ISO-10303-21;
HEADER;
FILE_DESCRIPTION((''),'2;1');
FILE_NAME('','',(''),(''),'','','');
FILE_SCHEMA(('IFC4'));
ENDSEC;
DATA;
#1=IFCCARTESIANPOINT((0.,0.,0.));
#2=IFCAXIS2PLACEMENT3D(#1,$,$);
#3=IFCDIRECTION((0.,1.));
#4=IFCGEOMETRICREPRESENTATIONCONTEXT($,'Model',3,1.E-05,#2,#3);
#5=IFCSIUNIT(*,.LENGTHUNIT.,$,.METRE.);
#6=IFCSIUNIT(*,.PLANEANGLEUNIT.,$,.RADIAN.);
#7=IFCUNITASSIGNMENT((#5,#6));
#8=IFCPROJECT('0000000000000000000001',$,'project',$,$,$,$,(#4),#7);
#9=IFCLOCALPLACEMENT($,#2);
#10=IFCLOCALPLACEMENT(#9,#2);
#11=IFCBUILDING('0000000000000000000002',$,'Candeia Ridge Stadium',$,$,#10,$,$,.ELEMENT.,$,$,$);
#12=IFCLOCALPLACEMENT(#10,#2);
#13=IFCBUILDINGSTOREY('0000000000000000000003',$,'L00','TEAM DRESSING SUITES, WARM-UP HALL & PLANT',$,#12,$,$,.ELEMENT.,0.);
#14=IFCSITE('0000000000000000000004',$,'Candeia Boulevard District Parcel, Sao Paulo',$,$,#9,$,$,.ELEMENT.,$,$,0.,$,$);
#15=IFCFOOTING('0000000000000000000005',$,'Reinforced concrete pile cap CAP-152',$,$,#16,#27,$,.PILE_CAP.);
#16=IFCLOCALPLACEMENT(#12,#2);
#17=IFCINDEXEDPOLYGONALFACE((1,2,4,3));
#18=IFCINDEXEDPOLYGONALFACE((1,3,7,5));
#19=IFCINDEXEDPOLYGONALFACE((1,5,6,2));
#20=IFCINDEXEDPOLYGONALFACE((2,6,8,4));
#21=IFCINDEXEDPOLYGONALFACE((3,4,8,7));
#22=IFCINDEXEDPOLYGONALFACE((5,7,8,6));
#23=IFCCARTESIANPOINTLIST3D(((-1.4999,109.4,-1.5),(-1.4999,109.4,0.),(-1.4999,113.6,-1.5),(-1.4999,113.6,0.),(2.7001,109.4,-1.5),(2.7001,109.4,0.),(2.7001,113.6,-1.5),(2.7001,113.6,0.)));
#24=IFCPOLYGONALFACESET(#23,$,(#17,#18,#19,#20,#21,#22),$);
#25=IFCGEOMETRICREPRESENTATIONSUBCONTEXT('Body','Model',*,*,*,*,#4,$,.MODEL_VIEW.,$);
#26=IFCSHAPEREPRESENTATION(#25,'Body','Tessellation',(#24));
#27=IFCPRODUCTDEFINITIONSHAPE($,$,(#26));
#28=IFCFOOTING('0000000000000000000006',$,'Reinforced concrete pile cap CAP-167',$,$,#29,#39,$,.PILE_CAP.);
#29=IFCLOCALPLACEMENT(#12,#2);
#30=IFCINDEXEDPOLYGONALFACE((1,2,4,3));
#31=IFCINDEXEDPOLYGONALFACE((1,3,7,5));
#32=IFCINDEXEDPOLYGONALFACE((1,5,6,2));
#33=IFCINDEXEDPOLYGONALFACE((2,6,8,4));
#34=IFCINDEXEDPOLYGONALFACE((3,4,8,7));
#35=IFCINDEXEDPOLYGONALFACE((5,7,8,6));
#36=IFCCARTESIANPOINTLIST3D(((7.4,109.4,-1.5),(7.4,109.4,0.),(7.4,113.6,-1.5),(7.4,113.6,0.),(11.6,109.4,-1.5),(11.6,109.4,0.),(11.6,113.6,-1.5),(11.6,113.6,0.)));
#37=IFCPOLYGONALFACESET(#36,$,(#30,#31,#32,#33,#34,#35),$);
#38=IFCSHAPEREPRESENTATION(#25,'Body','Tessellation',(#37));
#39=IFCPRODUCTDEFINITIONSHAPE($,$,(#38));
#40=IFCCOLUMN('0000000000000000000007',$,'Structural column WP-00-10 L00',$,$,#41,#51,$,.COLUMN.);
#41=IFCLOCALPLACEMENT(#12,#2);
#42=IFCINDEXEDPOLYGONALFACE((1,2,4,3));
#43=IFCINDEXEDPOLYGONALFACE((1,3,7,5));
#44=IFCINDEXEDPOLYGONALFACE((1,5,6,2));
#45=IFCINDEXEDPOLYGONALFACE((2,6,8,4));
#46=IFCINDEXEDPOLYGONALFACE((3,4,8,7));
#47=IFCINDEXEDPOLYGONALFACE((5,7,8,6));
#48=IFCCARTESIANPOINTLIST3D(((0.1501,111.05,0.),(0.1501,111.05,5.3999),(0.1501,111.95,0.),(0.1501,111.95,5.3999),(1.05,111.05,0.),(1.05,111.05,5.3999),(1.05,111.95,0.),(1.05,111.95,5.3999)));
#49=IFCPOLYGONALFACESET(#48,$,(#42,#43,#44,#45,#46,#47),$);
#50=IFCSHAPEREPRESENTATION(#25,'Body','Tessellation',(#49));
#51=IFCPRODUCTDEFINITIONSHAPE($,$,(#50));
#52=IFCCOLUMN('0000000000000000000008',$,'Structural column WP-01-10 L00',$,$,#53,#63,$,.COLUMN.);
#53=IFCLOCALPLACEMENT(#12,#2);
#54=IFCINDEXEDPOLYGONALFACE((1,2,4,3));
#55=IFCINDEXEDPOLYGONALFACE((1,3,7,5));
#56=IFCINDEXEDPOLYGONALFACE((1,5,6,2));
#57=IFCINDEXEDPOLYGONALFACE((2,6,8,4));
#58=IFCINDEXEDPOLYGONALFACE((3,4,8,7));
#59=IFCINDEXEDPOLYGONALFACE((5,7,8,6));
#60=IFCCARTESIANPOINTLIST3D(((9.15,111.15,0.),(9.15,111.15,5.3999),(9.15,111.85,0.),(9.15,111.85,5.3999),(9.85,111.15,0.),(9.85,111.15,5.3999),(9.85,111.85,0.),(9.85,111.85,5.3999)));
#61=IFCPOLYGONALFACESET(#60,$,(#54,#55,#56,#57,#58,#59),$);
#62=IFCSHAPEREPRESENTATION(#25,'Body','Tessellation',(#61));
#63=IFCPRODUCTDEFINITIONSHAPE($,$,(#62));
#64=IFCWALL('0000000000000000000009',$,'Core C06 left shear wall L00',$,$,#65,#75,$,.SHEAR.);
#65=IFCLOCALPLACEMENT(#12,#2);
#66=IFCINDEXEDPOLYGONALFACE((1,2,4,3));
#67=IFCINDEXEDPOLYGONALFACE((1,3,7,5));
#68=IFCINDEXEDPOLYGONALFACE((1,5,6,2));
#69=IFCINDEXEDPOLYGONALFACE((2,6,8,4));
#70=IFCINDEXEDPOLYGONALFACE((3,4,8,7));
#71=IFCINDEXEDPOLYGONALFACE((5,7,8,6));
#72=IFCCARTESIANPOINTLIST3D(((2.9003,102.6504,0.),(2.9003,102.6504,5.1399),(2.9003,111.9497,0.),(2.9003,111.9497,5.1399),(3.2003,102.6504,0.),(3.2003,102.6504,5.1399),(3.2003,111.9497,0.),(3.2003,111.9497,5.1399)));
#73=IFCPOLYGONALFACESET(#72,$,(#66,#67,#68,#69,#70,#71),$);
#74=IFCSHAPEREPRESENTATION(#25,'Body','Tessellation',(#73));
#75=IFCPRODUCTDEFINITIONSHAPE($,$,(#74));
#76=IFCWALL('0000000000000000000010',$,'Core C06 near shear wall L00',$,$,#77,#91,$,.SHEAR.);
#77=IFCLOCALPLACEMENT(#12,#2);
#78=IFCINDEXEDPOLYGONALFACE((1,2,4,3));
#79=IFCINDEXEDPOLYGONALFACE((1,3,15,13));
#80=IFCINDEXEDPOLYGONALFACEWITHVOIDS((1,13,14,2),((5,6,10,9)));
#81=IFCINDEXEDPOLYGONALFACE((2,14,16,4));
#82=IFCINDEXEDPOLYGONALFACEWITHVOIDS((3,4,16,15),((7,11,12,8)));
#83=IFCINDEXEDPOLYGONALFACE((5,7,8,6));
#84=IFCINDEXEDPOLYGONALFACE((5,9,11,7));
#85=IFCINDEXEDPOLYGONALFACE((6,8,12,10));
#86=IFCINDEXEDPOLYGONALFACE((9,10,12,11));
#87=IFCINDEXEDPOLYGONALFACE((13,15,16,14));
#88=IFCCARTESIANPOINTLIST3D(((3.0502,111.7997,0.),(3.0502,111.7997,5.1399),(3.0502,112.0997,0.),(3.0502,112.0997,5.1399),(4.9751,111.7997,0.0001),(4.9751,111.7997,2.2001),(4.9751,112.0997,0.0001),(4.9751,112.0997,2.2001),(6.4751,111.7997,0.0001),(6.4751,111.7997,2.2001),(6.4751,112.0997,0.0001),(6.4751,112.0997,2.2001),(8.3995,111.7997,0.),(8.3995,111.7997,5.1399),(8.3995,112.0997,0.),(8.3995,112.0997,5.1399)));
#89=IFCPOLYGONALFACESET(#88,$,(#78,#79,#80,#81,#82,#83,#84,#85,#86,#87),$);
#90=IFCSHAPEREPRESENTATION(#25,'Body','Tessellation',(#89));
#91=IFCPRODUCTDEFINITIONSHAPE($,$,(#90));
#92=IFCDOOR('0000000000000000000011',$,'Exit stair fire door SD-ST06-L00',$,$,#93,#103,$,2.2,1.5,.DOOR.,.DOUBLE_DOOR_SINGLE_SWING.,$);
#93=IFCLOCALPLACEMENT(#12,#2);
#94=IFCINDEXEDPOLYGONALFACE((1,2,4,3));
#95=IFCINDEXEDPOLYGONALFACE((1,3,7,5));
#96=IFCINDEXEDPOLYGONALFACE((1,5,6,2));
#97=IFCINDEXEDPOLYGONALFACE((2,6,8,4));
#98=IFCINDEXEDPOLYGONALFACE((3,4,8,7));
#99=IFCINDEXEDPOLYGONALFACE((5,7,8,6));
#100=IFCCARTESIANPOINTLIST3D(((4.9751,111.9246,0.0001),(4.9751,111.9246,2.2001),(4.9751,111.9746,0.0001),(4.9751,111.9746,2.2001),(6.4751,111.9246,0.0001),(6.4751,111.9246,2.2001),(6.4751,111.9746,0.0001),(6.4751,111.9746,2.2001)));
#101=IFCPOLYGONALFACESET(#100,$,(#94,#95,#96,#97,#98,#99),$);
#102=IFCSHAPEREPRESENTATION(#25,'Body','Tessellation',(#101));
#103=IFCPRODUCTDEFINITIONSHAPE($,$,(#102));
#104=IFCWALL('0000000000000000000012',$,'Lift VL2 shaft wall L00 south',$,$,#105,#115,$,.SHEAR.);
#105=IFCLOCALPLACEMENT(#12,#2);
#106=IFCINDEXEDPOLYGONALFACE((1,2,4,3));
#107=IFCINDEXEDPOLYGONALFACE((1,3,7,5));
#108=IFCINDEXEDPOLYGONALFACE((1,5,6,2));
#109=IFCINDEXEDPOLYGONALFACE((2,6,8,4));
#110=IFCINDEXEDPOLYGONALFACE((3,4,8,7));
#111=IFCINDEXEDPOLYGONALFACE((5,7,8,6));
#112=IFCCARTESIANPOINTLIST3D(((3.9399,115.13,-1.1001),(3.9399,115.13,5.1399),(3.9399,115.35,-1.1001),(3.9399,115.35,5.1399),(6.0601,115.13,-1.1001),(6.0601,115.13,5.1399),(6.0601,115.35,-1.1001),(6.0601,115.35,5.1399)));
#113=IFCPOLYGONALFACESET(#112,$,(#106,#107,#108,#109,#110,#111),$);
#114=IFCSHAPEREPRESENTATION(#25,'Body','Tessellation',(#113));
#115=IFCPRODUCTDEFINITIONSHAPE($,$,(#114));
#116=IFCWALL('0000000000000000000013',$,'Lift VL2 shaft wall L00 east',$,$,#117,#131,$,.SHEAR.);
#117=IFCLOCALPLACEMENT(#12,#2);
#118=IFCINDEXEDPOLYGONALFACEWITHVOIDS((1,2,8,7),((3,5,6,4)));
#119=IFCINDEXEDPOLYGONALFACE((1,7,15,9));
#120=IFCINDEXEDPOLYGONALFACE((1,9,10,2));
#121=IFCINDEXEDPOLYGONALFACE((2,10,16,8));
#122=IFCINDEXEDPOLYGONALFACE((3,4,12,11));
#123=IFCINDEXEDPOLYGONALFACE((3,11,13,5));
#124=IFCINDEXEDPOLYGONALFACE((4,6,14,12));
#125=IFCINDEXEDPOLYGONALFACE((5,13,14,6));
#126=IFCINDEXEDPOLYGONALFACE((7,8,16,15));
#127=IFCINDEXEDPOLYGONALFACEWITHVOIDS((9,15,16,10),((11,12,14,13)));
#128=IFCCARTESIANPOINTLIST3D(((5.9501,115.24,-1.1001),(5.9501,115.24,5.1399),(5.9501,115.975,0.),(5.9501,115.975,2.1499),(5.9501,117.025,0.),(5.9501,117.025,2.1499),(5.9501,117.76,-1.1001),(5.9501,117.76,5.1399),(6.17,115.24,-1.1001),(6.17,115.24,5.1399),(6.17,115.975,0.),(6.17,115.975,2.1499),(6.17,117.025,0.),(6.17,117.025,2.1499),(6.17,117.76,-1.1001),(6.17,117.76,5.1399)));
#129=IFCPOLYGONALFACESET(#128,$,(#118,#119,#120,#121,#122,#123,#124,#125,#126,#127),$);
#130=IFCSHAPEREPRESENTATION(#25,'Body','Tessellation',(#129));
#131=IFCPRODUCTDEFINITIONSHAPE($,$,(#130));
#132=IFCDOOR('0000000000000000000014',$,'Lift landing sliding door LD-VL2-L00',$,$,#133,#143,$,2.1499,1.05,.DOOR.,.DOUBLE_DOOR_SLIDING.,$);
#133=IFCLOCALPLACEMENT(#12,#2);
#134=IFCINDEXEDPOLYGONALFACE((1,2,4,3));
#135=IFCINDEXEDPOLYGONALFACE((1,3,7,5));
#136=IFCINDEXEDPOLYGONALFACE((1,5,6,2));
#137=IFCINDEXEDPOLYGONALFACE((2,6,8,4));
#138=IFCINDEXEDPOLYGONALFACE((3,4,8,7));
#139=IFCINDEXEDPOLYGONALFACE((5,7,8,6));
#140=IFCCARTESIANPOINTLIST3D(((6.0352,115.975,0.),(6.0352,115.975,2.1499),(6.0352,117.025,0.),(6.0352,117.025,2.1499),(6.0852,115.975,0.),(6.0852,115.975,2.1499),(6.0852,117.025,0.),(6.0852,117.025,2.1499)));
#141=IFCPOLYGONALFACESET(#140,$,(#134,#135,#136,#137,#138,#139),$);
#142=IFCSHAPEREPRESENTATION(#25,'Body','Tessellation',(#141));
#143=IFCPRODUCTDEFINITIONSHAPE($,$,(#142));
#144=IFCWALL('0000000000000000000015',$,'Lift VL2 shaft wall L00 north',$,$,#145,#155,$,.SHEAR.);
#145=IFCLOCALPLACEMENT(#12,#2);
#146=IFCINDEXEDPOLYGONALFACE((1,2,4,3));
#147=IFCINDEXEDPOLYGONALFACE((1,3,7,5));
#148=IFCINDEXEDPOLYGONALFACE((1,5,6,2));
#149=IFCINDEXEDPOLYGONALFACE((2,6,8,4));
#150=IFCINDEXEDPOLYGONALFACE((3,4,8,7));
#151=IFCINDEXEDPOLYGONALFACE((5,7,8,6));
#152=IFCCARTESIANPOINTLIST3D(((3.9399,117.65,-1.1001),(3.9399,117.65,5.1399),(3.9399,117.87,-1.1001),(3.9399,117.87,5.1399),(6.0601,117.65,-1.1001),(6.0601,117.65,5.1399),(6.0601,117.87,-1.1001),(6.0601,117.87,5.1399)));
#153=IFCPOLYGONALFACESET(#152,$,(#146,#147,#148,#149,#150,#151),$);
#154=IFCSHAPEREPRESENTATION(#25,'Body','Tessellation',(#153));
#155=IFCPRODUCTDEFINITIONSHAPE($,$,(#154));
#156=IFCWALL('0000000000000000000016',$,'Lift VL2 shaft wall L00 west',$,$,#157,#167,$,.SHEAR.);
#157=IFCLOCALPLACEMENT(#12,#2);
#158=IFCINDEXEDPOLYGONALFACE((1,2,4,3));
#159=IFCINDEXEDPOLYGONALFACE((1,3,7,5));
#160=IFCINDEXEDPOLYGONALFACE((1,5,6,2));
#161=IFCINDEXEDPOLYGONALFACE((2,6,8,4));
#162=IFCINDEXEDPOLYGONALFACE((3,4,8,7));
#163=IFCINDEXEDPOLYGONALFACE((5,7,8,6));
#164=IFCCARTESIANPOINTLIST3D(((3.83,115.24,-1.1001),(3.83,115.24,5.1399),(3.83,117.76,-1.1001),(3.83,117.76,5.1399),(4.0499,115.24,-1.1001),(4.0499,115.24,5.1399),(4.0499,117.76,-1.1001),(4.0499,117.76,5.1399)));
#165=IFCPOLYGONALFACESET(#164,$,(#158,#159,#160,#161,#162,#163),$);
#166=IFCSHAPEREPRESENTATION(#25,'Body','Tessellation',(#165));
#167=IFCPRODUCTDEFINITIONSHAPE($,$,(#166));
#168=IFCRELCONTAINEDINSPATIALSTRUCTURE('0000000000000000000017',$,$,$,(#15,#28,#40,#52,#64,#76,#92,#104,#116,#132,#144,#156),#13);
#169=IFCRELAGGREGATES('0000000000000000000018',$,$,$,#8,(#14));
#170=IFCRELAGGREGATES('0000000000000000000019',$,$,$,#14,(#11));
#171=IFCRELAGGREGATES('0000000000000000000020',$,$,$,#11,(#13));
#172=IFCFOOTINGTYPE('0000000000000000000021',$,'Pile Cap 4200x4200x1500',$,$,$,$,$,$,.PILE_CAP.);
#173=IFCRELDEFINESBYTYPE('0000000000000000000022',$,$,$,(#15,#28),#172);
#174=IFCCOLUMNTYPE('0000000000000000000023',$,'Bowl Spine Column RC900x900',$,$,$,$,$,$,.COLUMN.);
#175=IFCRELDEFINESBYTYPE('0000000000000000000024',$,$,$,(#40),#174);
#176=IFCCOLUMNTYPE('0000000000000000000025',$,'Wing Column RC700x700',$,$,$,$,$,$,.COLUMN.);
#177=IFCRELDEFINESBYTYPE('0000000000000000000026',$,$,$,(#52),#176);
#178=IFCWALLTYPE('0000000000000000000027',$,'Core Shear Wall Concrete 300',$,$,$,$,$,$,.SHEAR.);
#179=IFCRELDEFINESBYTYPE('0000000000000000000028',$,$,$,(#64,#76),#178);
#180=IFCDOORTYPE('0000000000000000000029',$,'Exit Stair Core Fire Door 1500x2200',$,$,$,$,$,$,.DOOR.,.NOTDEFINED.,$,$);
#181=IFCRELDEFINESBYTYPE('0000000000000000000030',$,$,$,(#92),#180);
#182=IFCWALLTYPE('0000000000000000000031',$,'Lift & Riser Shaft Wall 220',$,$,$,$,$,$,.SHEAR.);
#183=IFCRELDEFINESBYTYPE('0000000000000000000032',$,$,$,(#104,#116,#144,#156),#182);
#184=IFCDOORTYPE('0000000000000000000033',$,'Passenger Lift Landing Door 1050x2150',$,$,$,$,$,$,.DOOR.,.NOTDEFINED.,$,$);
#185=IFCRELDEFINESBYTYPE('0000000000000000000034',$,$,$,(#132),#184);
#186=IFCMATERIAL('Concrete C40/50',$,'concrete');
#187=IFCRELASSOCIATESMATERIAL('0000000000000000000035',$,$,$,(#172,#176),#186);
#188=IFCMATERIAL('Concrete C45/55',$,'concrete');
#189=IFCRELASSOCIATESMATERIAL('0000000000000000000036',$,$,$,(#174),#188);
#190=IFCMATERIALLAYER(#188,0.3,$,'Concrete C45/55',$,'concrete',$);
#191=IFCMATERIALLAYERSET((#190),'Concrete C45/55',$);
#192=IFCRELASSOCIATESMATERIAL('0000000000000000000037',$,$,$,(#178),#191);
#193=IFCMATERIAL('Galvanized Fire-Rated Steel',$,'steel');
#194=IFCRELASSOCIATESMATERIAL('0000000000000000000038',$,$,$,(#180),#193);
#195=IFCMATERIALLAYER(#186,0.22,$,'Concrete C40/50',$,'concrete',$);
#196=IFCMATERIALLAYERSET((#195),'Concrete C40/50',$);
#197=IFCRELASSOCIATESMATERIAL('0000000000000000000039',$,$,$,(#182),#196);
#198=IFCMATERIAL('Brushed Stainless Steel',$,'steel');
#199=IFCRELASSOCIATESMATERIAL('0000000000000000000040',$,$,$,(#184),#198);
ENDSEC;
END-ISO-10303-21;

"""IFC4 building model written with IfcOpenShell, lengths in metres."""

from ifc_helpers import new_model, si_unit, direction, frame, frame_2d, origin, origin_2d, place, context, subcontext, project, spatial, rectangle, extrude, material, layer, layer_set, material_profile, profile_set, type_object, element, fill, save


model = new_model("IFC4")

# Units and contexts
model_context = context("Model", 3, precision=1e-05, world=origin(), true_north=direction((0.0, 1.0)))
body_context = subcontext(model_context, "Body", "Model", "MODEL_VIEW")
ifc_project = project(units=[si_unit("LENGTHUNIT", "METRE"), si_unit("PLANEANGLEUNIT", "RADIAN")], contexts=[model_context])

# Site, building, storey
site_placement = place(None, origin())
site = spatial("IfcSite", under=ifc_project, at=site_placement, Name="Candeia Boulevard District Parcel, Sao Paulo", CompositionType="ELEMENT", RefElevation=0.0)
building_placement = place(site_placement, origin())
building = spatial("IfcBuilding", under=site, at=building_placement, Name="Candeia Ridge Stadium", CompositionType="ELEMENT")
storey_placement = place(building_placement, origin())
storey = spatial("IfcBuildingStorey", under=building, at=storey_placement, Name="L00", Description="TEAM DRESSING SUITES, WARM-UP HALL & PLANT", CompositionType="ELEMENT", Elevation=0.0)

# Shared definitions
ifc_material_1 = material(Name="Concrete C40/50", Category="concrete")

# Footings
footing_type_1 = type_object("IfcFootingType", Name="Pile Cap 4200x4200x1500", PredefinedType="PILE_CAP", material=ifc_material_1)
for number, where, z_axis, x_axis, name in (
    (1, (0.6001, 111.5, -1.5), (0.0, 0.0, 1.0), (1.0, 0.0, 0.0), "Reinforced concrete pile cap CAP-152"),
    (2, (9.5, 111.5, -1.5), (0.0, 0.0, 1.0), (1.0, 0.0, 0.0), "Reinforced concrete pile cap CAP-167"),
):
    element("IfcFooting", number, at=place(storey_placement, frame(where, z_axis=z_axis, x_axis=x_axis)), inside=storey, type_object=footing_type_1, Name=name, PredefinedType="PILE_CAP", context=body_context, shape_type="SweptSolid", body=[
        extrude(rectangle(XDim=4.2, YDim=4.2, at=origin_2d()), origin(), (0.0, 0.0, 1.0), 1.5),
    ])

# Columns
ifc_material_2 = material(Name="Concrete C45/55", Category="concrete")
ifc_material_profile_1 = material_profile(ifc_material_2, rectangle(XDim=0.8999, YDim=0.8999, at=origin_2d()), Name="RC900x900", Category="concrete")
ifc_profile_set_1 = profile_set([ifc_material_profile_1], Name="Concrete C45/55")
column_type_1 = type_object("IfcColumnType", Name="Bowl Spine Column RC900x900", PredefinedType="COLUMN", material=ifc_profile_set_1)
column_1_placement = place(storey_placement, frame((0.6001, 111.5, 0.0), z_axis=(0.0, 0.0, 1.0), x_axis=(1.0, 0.0, 0.0)))
element("IfcColumn", 3, at=column_1_placement, inside=storey, type_object=column_type_1, Name="Structural column WP-00-10 L00", PredefinedType="COLUMN", context=body_context, shape_type="SweptSolid", body=[
    extrude(rectangle(XDim=0.8999, YDim=0.8999, at=origin_2d()), origin(), (0.0, 0.0, 1.0), 5.3999),
])
ifc_material_profile_2 = material_profile(ifc_material_1, rectangle(XDim=0.7, YDim=0.7, at=origin_2d()), Name="RC700x700", Category="concrete")
ifc_profile_set_2 = profile_set([ifc_material_profile_2], Name="Concrete C40/50")
column_type_2 = type_object("IfcColumnType", Name="Wing Column RC700x700", PredefinedType="COLUMN", material=ifc_profile_set_2)
column_2_placement = place(storey_placement, frame((9.5, 111.5, 0.0), z_axis=(0.0, 0.0, 1.0), x_axis=(1.0, 0.0, 0.0)))
element("IfcColumn", 4, at=column_2_placement, inside=storey, type_object=column_type_2, Name="Structural column WP-01-10 L00", PredefinedType="COLUMN", context=body_context, shape_type="SweptSolid", body=[
    extrude(rectangle(XDim=0.7, YDim=0.7, at=origin_2d()), origin(), (0.0, 0.0, 1.0), 5.3999),
])

# Wall
ifc_layer_1 = layer(ifc_material_2, 0.3, Name="Concrete C45/55", Category="concrete")
ifc_layer_set_1 = layer_set([ifc_layer_1], Name="Concrete C45/55")
wall_type_1 = type_object("IfcWallType", Name="Core Shear Wall Concrete 300", PredefinedType="SHEAR", material=ifc_layer_set_1)
wall_1_placement = place(storey_placement, frame((3.0503, 111.9497, 0.0), z_axis=(0.0, 0.0, 1.0), x_axis=(0.0, -1.0, 0.0)))
element("IfcWall", 5, at=wall_1_placement, inside=storey, type_object=wall_type_1, Name="Core C06 left shear wall L00", PredefinedType="SHEAR", context=body_context, shape_type="SweptSolid", body=[
    extrude(rectangle(XDim=9.2993, YDim=0.3, at=frame_2d((4.6497, 0.0))), origin(), (0.0, 0.0, 1.0), 5.1399),
])

# Wall, opening, door
wall_2_placement = place(storey_placement, frame((8.3997, 111.9497, 0.0), z_axis=(0.0, 0.0, 1.0), x_axis=(-1.0, 0.0, 0.0)))
wall_2 = element("IfcWall", 6, at=wall_2_placement, inside=storey, type_object=wall_type_1, Name="Core C06 near shear wall L00", PredefinedType="SHEAR", context=body_context, shape_type="SweptSolid", body=[
    extrude(rectangle(XDim=5.3494, YDim=0.3, at=frame_2d((2.6748, 0.0))), origin(), (0.0, 0.0, 1.0), 5.1399),
])
opening_1_placement = place(wall_2_placement, frame((1.9246, 0.0, 0.0)))
opening_1 = element("IfcOpeningElement", 7, at=opening_1_placement, cuts=wall_2, PredefinedType="OPENING", context=body_context, shape_type="SweptSolid", body=[
    extrude(rectangle(XDim=1.5, YDim=2.2, at=frame_2d((0.75, 1.1001))), frame((0.0, 0.1599, 0.0), z_axis=(0.0, -1.0, 0.0), x_axis=(1.0, 0.0, 0.0)), (0.0, 0.0, 1.0), 0.3201),
])
ifc_material_3 = material(Name="Galvanized Fire-Rated Steel", Category="steel")
door_type_1 = type_object("IfcDoorType", Name="Exit Stair Core Fire Door 1500x2200", OperationType="NOTDEFINED", PredefinedType="DOOR", material=ifc_material_3)
door_1_placement = place(opening_1_placement, frame((1.5, 0.0, 0.0), z_axis=(0.0, 0.0, 1.0), x_axis=(-1.0, 0.0, 0.0)))
door_1 = element("IfcDoor", 8, at=door_1_placement, inside=storey, type_object=door_type_1, Name="Exit stair fire door SD-ST06-L00", OperationType="DOUBLE_DOOR_SINGLE_SWING", OverallHeight=2.2, OverallWidth=1.5, PredefinedType="DOOR", context=body_context, shape_type="SweptSolid", body=[
    extrude(rectangle(XDim=1.5, YDim=2.2, at=frame_2d((0.75, 1.1001))), frame((0.0, 0.0249, 0.0), z_axis=(0.0, -1.0, 0.0), x_axis=(1.0, 0.0, 0.0)), (0.0, 0.0, 1.0), 0.05),
])
fill(opening_1, door_1)

# Wall
ifc_layer_2 = layer(ifc_material_1, 0.22, Name="Concrete C40/50", Category="concrete")
ifc_layer_set_2 = layer_set([ifc_layer_2], Name="Concrete C40/50")
wall_type_2 = type_object("IfcWallType", Name="Lift & Riser Shaft Wall 220", PredefinedType="SHEAR", material=ifc_layer_set_2)
wall_3_placement = place(storey_placement, frame((3.9399, 115.24, -1.1001), z_axis=(0.0, 0.0, 1.0), x_axis=(1.0, 0.0, 0.0)))
element("IfcWall", 9, at=wall_3_placement, inside=storey, type_object=wall_type_2, Name="Lift VL2 shaft wall L00 south", PredefinedType="SHEAR", context=body_context, shape_type="SweptSolid", body=[
    extrude(rectangle(XDim=2.1201, YDim=0.22, at=frame_2d((1.0601, 0.0))), origin(), (0.0, 0.0, 1.0), 6.24),
])

# Wall, opening, door
wall_4_placement = place(storey_placement, frame((6.0601, 115.24, -1.1001), z_axis=(0.0, 0.0, 1.0), x_axis=(0.0, 1.0, 0.0)))
wall_4 = element("IfcWall", 10, at=wall_4_placement, inside=storey, type_object=wall_type_2, Name="Lift VL2 shaft wall L00 east", PredefinedType="SHEAR", context=body_context, shape_type="SweptSolid", body=[
    extrude(rectangle(XDim=2.52, YDim=0.22, at=frame_2d((1.26, 0.0))), origin(), (0.0, 0.0, 1.0), 6.24),
])
opening_2_placement = place(wall_4_placement, frame((0.7351, 0.0, 1.1001)))
opening_2 = element("IfcOpeningElement", 11, at=opening_2_placement, cuts=wall_4, PredefinedType="OPENING", context=body_context, shape_type="SweptSolid", body=[
    extrude(rectangle(XDim=1.05, YDim=2.1499, at=frame_2d((0.5249, 1.075))), frame((0.0, 0.1199, 0.0), z_axis=(0.0, -1.0, 0.0), x_axis=(1.0, 0.0, 0.0)), (0.0, 0.0, 1.0), 0.24),
])
ifc_material_4 = material(Name="Brushed Stainless Steel", Category="steel")
door_type_2 = type_object("IfcDoorType", Name="Passenger Lift Landing Door 1050x2150", OperationType="NOTDEFINED", PredefinedType="DOOR", material=ifc_material_4)
door_2_placement = place(opening_2_placement, origin())
door_2 = element("IfcDoor", 12, at=door_2_placement, inside=storey, type_object=door_type_2, Name="Lift landing sliding door LD-VL2-L00", OperationType="DOUBLE_DOOR_SLIDING", OverallHeight=2.1499, OverallWidth=1.05, PredefinedType="DOOR", context=body_context, shape_type="SweptSolid", body=[
    extrude(rectangle(XDim=1.05, YDim=2.1499, at=frame_2d((0.5249, 1.075))), frame((0.0, 0.0249, 0.0), z_axis=(0.0, -1.0, 0.0), x_axis=(1.0, 0.0, 0.0)), (0.0, 0.0, 1.0), 0.05),
])
fill(opening_2, door_2)

# Walls
wall_5_placement = place(storey_placement, frame((6.0601, 117.76, -1.1001), z_axis=(0.0, 0.0, 1.0), x_axis=(-1.0, 0.0, 0.0)))
element("IfcWall", 13, at=wall_5_placement, inside=storey, type_object=wall_type_2, Name="Lift VL2 shaft wall L00 north", PredefinedType="SHEAR", context=body_context, shape_type="SweptSolid", body=[
    extrude(rectangle(XDim=2.1201, YDim=0.22, at=frame_2d((1.0601, 0.0))), origin(), (0.0, 0.0, 1.0), 6.24),
])
wall_6_placement = place(storey_placement, frame((3.9399, 117.76, -1.1001), z_axis=(0.0, 0.0, 1.0), x_axis=(0.0, -1.0, 0.0)))
element("IfcWall", 14, at=wall_6_placement, inside=storey, type_object=wall_type_2, Name="Lift VL2 shaft wall L00 west", PredefinedType="SHEAR", context=body_context, shape_type="SweptSolid", body=[
    extrude(rectangle(XDim=2.52, YDim=0.22, at=frame_2d((1.26, 0.0))), origin(), (0.0, 0.0, 1.0), 6.24),
])

save(model, "model.ifc")
